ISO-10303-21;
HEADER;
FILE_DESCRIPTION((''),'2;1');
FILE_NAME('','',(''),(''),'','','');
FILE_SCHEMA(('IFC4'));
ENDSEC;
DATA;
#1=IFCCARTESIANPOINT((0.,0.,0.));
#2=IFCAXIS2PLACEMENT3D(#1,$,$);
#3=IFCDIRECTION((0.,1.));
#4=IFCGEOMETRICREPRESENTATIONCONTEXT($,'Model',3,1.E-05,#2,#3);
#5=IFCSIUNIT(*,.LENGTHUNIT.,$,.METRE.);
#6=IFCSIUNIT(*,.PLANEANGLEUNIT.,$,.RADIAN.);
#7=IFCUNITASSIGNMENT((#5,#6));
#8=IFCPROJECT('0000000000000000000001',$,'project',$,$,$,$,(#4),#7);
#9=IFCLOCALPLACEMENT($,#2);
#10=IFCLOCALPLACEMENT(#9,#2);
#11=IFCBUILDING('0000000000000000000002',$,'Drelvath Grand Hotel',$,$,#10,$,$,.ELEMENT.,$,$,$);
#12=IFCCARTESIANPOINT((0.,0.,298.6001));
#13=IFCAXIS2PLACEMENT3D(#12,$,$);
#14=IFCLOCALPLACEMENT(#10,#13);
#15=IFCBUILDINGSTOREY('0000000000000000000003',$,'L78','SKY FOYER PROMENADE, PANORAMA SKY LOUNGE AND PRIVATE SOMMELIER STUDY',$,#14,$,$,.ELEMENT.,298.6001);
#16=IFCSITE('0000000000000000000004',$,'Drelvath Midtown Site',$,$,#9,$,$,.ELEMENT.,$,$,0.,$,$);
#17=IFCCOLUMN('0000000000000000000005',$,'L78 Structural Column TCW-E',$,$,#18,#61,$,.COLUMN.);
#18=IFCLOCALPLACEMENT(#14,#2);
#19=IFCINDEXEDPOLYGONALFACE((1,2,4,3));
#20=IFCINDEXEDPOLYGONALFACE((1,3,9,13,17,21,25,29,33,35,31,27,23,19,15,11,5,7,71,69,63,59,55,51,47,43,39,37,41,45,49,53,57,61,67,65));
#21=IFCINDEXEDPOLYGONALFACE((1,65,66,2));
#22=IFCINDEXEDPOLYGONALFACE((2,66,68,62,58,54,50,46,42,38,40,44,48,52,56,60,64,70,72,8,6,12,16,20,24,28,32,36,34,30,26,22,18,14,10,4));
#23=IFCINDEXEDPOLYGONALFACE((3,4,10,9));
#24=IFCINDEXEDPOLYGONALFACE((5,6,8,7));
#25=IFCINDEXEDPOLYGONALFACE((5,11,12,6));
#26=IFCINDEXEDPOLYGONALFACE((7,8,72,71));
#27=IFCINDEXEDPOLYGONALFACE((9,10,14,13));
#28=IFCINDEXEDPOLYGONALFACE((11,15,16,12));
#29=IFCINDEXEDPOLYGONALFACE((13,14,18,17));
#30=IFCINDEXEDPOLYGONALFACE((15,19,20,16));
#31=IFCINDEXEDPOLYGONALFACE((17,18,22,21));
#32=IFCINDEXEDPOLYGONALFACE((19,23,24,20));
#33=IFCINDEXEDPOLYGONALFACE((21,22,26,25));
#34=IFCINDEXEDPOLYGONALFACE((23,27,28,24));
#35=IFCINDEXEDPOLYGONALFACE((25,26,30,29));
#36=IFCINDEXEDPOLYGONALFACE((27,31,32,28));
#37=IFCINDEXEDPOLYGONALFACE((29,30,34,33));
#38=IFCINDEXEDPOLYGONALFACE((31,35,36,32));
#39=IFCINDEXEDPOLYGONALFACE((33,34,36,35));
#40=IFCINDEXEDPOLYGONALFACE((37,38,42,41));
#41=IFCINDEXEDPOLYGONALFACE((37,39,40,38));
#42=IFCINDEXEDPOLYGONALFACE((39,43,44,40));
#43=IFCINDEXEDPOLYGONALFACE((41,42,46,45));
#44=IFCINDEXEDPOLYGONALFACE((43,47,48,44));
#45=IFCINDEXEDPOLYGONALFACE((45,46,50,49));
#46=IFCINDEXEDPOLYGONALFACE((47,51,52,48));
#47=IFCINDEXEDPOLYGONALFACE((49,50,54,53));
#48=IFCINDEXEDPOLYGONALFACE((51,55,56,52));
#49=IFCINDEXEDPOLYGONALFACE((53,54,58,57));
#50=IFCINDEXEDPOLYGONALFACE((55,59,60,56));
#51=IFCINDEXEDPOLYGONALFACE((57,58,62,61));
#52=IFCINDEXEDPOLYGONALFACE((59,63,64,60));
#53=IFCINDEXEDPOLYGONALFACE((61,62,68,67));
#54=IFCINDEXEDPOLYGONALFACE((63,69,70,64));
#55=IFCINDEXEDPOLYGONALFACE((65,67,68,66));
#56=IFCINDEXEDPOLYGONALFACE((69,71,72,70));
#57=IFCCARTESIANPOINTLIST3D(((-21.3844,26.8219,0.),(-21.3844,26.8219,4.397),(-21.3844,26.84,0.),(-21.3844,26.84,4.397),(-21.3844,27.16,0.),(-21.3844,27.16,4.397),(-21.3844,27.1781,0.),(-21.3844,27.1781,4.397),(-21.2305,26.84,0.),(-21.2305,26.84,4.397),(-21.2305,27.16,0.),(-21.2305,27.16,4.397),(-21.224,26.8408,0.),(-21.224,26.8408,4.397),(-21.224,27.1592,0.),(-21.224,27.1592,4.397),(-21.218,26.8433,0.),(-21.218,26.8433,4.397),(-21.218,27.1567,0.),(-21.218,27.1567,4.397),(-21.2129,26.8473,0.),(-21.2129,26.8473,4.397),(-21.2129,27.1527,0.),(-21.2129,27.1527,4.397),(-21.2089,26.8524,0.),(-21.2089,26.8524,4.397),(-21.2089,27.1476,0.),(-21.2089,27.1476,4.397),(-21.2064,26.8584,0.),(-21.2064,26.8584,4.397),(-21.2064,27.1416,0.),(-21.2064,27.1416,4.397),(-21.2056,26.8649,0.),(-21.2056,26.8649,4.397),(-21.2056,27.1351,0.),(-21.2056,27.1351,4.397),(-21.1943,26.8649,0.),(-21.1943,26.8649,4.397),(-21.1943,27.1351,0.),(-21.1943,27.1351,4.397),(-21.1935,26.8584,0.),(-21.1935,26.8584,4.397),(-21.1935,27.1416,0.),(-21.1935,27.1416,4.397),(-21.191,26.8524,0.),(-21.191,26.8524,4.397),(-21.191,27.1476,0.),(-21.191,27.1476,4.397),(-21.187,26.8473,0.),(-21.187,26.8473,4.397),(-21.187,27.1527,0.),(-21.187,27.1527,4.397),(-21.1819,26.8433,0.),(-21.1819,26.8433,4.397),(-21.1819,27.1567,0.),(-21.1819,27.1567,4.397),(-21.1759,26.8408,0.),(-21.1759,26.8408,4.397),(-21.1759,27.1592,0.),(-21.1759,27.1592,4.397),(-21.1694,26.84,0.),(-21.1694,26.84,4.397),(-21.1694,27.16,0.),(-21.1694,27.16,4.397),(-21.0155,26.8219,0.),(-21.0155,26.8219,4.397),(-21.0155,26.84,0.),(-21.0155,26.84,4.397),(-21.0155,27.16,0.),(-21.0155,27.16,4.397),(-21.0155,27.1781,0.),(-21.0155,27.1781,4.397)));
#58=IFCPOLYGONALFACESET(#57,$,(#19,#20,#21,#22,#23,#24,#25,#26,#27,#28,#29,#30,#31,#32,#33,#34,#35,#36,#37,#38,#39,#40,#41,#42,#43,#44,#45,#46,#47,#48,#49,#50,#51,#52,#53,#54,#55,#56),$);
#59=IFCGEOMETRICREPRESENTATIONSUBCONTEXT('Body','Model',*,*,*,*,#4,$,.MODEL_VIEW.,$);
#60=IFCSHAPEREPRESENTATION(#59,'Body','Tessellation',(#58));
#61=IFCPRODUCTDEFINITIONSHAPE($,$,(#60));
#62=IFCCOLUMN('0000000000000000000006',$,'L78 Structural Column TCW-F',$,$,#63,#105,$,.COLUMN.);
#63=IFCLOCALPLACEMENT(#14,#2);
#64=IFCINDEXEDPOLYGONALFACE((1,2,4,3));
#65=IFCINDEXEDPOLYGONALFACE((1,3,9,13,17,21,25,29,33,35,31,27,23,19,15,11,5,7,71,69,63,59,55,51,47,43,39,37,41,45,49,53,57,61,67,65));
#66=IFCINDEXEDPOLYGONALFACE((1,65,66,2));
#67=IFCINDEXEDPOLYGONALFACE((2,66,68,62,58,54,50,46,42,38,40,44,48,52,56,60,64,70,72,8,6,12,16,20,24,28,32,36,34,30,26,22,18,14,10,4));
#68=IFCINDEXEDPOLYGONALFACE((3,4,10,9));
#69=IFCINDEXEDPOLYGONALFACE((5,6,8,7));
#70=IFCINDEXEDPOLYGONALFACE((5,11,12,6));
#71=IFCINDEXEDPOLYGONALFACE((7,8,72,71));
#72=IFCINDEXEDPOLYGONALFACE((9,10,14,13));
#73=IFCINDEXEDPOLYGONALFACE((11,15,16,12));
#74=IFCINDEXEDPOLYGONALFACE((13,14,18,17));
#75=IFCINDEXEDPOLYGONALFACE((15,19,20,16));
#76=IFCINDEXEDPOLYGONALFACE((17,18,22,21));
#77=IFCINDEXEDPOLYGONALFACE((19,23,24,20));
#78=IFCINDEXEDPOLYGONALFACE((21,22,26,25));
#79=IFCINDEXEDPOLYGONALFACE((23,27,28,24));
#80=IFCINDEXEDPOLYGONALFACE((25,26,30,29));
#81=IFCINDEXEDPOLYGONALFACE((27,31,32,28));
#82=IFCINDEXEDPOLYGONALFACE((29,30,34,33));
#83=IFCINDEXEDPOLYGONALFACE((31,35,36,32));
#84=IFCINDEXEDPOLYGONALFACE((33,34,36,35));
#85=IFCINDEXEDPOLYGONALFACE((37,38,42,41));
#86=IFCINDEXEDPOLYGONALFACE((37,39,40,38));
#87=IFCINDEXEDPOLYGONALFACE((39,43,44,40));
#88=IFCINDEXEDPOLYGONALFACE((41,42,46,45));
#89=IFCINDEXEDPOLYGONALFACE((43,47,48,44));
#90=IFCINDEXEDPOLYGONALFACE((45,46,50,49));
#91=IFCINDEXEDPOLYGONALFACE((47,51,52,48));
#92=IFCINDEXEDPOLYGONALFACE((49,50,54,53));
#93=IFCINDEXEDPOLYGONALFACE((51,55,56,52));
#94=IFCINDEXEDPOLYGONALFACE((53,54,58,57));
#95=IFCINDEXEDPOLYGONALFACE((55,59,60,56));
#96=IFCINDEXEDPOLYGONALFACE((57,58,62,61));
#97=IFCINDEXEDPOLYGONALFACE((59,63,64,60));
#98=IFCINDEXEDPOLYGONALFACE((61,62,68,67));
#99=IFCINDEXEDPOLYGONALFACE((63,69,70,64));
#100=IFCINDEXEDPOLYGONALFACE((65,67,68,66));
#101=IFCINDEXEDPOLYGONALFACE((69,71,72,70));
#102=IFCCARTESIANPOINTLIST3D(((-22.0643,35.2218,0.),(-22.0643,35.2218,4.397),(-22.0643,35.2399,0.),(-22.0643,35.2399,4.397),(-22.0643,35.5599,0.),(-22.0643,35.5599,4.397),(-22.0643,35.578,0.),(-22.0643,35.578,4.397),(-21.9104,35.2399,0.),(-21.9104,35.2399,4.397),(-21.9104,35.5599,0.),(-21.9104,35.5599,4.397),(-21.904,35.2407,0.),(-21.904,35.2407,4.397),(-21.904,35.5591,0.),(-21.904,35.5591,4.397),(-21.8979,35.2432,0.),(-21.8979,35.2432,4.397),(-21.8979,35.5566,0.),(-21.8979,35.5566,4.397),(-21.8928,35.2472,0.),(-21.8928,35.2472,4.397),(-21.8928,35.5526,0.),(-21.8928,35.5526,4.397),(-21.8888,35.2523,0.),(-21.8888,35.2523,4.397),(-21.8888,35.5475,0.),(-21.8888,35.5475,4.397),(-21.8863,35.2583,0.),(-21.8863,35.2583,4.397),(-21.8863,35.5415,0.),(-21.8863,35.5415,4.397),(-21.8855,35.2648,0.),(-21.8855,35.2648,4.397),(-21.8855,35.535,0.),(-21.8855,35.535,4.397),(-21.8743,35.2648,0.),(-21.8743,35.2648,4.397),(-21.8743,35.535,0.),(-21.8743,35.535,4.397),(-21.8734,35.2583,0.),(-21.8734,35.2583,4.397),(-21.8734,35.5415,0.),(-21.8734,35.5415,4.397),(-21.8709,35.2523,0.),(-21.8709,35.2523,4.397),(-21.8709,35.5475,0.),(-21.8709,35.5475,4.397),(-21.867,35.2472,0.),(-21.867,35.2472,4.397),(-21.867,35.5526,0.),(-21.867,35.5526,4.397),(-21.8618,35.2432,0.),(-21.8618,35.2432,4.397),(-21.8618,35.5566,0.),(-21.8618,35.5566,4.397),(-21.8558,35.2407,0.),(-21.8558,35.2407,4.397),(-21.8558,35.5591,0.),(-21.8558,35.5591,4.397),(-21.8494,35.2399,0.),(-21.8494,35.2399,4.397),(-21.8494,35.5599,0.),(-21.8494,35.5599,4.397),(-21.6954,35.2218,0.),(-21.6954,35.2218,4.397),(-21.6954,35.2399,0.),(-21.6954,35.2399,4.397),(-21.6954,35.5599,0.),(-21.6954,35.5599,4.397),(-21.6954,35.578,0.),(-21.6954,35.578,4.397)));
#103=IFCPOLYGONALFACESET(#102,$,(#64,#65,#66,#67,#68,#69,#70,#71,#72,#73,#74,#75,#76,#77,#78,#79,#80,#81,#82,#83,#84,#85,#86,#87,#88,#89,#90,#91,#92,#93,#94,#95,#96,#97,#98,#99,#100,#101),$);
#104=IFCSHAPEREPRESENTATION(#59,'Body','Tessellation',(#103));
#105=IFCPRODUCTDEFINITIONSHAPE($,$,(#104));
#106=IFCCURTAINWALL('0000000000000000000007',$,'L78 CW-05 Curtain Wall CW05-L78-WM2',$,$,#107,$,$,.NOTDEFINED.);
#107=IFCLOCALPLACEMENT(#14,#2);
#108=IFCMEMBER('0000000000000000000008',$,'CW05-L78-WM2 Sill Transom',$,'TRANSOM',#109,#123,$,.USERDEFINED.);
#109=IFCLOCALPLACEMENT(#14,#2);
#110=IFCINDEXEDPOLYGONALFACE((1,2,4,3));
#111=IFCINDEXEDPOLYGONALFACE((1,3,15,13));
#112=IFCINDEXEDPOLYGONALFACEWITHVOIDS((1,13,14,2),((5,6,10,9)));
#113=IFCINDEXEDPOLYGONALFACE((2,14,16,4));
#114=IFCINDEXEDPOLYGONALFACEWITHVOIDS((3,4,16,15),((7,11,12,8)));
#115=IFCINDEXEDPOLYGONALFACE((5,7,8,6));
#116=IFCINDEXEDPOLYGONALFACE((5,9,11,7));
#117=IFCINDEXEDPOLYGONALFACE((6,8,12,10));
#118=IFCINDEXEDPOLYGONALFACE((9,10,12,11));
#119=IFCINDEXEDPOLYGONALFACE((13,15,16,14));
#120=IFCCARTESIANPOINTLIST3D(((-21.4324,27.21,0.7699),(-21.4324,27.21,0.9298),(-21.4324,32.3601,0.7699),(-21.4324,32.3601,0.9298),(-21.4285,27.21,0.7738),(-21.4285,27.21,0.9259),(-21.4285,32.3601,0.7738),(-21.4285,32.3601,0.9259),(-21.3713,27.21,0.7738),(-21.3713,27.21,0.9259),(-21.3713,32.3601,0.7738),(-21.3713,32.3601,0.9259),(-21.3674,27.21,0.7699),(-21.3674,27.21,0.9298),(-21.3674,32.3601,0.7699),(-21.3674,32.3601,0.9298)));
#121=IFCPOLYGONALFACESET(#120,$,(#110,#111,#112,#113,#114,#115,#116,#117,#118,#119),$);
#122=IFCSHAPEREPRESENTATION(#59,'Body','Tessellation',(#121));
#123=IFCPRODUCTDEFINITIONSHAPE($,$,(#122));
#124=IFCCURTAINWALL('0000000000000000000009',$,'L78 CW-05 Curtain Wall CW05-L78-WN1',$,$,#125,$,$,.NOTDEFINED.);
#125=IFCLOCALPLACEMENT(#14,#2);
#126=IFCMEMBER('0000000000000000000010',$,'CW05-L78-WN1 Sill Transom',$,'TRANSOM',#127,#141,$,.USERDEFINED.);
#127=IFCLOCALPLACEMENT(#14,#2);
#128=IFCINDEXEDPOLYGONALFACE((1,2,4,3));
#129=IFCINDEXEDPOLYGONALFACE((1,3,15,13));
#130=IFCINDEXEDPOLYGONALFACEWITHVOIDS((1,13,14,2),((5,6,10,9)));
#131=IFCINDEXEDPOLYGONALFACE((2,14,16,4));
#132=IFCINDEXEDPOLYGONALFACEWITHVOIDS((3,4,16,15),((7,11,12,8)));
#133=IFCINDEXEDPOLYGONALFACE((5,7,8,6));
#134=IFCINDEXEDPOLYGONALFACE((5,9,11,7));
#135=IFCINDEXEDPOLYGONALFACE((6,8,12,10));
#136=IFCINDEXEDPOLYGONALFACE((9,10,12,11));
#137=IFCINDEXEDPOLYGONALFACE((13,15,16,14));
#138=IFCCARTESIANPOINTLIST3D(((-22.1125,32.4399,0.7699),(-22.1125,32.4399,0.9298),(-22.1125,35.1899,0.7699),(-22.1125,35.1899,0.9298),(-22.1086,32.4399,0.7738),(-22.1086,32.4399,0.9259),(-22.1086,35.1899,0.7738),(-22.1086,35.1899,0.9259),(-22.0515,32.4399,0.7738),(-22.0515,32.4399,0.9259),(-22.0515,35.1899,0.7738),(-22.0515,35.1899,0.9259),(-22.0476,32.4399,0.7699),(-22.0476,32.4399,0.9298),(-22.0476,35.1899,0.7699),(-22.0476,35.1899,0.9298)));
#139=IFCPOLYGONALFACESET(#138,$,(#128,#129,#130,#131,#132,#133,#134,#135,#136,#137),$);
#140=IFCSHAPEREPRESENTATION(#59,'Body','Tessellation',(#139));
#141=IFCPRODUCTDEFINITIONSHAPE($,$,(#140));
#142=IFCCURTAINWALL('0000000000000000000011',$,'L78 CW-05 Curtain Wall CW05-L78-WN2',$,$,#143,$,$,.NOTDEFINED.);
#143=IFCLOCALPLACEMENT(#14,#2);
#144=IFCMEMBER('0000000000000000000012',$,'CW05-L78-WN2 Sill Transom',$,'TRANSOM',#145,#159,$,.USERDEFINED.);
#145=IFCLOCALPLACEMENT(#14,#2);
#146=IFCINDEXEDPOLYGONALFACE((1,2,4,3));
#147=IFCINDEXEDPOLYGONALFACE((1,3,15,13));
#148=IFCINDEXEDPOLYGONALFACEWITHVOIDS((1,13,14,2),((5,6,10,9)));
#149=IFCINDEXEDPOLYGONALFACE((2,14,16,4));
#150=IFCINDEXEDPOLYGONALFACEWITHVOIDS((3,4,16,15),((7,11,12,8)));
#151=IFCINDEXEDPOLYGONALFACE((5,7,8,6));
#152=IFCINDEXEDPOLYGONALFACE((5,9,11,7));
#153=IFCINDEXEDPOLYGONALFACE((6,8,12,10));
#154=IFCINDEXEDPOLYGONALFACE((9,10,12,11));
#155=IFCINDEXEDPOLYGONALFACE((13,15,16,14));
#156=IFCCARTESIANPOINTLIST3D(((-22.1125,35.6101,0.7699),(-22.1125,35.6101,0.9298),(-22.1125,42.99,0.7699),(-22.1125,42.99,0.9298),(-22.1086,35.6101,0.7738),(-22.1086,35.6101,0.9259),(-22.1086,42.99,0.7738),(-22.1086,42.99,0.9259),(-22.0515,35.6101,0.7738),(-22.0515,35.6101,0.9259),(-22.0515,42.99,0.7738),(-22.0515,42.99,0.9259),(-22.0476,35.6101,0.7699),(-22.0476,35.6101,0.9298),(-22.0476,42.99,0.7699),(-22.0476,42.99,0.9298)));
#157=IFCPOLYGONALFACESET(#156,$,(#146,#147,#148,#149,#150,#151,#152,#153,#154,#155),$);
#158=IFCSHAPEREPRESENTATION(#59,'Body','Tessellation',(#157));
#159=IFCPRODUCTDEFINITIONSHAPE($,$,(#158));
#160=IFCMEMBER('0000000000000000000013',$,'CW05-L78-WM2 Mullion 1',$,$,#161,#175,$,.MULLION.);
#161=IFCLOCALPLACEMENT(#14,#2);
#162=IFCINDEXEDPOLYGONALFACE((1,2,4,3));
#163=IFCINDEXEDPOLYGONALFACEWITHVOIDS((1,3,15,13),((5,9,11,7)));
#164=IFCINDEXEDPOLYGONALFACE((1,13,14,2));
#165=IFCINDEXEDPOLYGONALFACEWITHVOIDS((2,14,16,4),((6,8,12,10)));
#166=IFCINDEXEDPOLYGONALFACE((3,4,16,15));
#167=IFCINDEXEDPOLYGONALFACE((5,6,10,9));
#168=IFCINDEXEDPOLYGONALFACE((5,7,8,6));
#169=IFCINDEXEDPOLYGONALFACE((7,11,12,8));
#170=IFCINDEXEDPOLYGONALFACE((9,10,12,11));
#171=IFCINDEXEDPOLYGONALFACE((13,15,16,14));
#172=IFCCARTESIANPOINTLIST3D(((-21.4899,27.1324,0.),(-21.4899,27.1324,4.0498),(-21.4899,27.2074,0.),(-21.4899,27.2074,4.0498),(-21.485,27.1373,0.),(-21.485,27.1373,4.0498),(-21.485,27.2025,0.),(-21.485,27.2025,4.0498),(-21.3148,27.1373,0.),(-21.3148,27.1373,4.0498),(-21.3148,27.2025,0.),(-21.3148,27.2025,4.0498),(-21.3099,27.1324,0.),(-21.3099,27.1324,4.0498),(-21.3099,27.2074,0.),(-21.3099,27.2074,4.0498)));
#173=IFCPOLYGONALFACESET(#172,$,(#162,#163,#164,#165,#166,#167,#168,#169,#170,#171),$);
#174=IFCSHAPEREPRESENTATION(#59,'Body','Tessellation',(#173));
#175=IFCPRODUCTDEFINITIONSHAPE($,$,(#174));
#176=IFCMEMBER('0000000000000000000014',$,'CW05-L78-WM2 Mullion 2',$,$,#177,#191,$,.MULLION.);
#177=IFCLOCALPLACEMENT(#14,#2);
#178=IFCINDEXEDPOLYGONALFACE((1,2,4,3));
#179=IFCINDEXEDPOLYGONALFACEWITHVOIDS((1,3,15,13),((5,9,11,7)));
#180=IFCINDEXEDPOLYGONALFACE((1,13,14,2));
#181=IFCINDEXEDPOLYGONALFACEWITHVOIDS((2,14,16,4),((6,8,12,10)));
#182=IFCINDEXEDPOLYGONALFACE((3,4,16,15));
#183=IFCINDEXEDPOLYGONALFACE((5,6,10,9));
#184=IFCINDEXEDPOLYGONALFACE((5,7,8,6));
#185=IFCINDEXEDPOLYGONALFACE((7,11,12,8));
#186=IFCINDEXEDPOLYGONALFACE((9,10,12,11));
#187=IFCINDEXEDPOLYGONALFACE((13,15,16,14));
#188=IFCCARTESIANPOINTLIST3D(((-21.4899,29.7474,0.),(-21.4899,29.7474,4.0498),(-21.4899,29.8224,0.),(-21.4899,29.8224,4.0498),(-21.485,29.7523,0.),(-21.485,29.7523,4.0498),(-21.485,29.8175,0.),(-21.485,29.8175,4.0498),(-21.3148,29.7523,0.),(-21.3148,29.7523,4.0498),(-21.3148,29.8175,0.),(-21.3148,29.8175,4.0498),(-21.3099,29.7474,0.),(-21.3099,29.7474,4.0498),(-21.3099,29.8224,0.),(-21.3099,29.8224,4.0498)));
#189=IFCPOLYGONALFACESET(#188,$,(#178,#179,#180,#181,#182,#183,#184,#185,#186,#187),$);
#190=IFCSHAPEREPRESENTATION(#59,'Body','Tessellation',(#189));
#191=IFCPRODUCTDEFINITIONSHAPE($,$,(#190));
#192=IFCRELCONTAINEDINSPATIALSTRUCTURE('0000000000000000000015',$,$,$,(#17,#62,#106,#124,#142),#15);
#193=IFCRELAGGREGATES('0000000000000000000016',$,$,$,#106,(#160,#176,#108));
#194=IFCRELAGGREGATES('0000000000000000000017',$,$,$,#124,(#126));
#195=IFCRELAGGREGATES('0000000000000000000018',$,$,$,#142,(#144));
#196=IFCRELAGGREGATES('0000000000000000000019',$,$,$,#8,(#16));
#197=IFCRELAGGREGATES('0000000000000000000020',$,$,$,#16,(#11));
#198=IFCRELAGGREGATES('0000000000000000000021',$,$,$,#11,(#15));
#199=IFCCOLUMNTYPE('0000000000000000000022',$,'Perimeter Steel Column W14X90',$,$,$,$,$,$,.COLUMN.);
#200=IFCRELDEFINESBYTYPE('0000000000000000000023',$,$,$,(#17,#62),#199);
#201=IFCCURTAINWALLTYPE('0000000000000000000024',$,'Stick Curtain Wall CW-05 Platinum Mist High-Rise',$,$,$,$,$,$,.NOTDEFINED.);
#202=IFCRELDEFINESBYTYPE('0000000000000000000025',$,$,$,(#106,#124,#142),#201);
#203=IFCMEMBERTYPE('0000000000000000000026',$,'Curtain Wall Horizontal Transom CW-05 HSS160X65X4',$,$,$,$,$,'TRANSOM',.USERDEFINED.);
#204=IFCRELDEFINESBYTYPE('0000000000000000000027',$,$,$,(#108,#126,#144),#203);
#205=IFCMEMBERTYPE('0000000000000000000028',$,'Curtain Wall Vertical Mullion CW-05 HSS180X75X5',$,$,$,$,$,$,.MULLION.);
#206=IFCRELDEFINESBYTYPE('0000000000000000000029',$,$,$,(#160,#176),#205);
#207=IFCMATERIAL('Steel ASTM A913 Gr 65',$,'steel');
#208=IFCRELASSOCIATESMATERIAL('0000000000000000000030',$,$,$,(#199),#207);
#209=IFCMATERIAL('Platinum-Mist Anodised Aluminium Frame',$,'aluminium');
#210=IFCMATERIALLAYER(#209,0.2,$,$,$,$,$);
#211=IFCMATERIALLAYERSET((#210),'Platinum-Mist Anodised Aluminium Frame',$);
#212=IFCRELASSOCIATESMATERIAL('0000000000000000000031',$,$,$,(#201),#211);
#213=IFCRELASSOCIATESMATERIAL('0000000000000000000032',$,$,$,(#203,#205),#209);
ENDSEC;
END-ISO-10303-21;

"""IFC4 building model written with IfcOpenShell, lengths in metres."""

from ifc_helpers import new_model, si_unit, direction, frame, origin, origin_2d, place, context, subcontext, project, spatial, hollow_rectangle, i_section, extrude, material, layer, layer_set, material_profile, profile_set, type_object, element, aggregate, save


model = new_model("IFC4")

# Units and contexts
model_context = context("Model", 3, precision=1e-05, world=origin(), true_north=direction((0.0, 1.0)))
body_context = subcontext(model_context, "Body", "Model", "MODEL_VIEW")
ifc_project = project(units=[si_unit("LENGTHUNIT", "METRE"), si_unit("PLANEANGLEUNIT", "RADIAN")], contexts=[model_context])

# Site, building, storey
site_placement = place(None, origin())
site = spatial("IfcSite", under=ifc_project, at=site_placement, Name="Drelvath Midtown Site", CompositionType="ELEMENT", RefElevation=0.0)
building_placement = place(site_placement, origin())
building = spatial("IfcBuilding", under=site, at=building_placement, Name="Drelvath Grand Hotel", CompositionType="ELEMENT")
storey_placement = place(building_placement, frame((0.0, 0.0, 298.6001)))
storey = spatial("IfcBuildingStorey", under=building, at=storey_placement, Name="L78", Description="SKY FOYER PROMENADE, PANORAMA SKY LOUNGE AND PRIVATE SOMMELIER STUDY", CompositionType="ELEMENT", Elevation=298.6001)

# Columns
ifc_material_1 = material(Name="Steel ASTM A913 Gr 65", Category="steel")
ifc_material_profile_1 = material_profile(ifc_material_1, i_section(OverallWidth=0.3689, OverallDepth=0.3562, WebThickness=0.0112, FlangeThickness=0.0181, FilletRadius=0.0249, at=origin_2d()), Name="W14X90")
ifc_profile_set_1 = profile_set([ifc_material_profile_1], Name="Steel ASTM A913 Gr 65")
column_type = type_object("IfcColumnType", Name="Perimeter Steel Column W14X90", PredefinedType="COLUMN", material=ifc_profile_set_1)
for number, where, z_axis, x_axis, name in (
    (1, (-21.2, 27.0, 0.0), (0.0, 0.0, 1.0), (1.0, 0.0, 0.0), "L78 Structural Column TCW-E"),
    (2, (-21.8799, 35.3999, 0.0), (0.0, 0.0, 1.0), (1.0, 0.0, 0.0), "L78 Structural Column TCW-F"),
):
    element("IfcColumn", number, at=place(storey_placement, frame(where, z_axis=z_axis, x_axis=x_axis)), inside=storey, type_object=column_type, Name=name, PredefinedType="COLUMN", context=body_context, shape_type="SweptSolid", body=[
        extrude(i_section(OverallWidth=0.3689, OverallDepth=0.3562, WebThickness=0.0112, FlangeThickness=0.0181, FilletRadius=0.0249, at=origin_2d()), origin(), (0.0, 0.0, 1.0), 4.397),
    ])

# Curtain walls, members
ifc_material_2 = material(Name="Platinum-Mist Anodised Aluminium Frame", Category="aluminium")
ifc_layer_1 = layer(ifc_material_2, 0.2)
ifc_layer_set_1 = layer_set([ifc_layer_1], Name="Platinum-Mist Anodised Aluminium Frame")
curtain_wall_type = type_object("IfcCurtainWallType", Name="Stick Curtain Wall CW-05 Platinum Mist High-Rise", PredefinedType="NOTDEFINED", material=ifc_layer_set_1)
curtain_wall_1_placement = place(storey_placement, origin())
curtain_wall_1 = element("IfcCurtainWall", 3, at=curtain_wall_1_placement, inside=storey, type_object=curtain_wall_type, Name="L78 CW-05 Curtain Wall CW05-L78-WM2", PredefinedType="NOTDEFINED")
ifc_material_profile_2 = material_profile(ifc_material_2, hollow_rectangle(XDim=0.0649, YDim=0.1599, WallThickness=0.0039, at=origin_2d()), Name="HSS160X65X4")
ifc_profile_set_2 = profile_set([ifc_material_profile_2], Name="Platinum-Mist Anodised Aluminium Frame")
member_type_1 = type_object("IfcMemberType", Name="Curtain Wall Horizontal Transom CW-05 HSS160X65X4", ElementType="TRANSOM", PredefinedType="USERDEFINED", material=ifc_profile_set_2)
member_1_placement = place(storey_placement, frame((-21.3999, 27.21, 0.8499), z_axis=(0.0, 1.0, 0.0), x_axis=(-1.0, 0.0, 0.0)))
member_1 = element("IfcMember", 4, at=member_1_placement, type_object=member_type_1, Name="CW05-L78-WM2 Sill Transom", ObjectType="TRANSOM", PredefinedType="USERDEFINED", context=body_context, shape_type="SweptSolid", body=[
    extrude(hollow_rectangle(XDim=0.0649, YDim=0.1599, WallThickness=0.0039, at=origin_2d()), origin(), (0.0, 0.0, 1.0), 5.1501),
])
curtain_wall_2_placement = place(storey_placement, origin())
curtain_wall_2 = element("IfcCurtainWall", 5, at=curtain_wall_2_placement, inside=storey, type_object=curtain_wall_type, Name="L78 CW-05 Curtain Wall CW05-L78-WN1", PredefinedType="NOTDEFINED")
member_2_placement = place(storey_placement, frame((-22.0801, 32.4399, 0.8499), z_axis=(0.0, 1.0, 0.0), x_axis=(-1.0, 0.0, 0.0)))
member_2 = element("IfcMember", 6, at=member_2_placement, type_object=member_type_1, Name="CW05-L78-WN1 Sill Transom", ObjectType="TRANSOM", PredefinedType="USERDEFINED", context=body_context, shape_type="SweptSolid", body=[
    extrude(hollow_rectangle(XDim=0.0649, YDim=0.1599, WallThickness=0.0039, at=origin_2d()), origin(), (0.0, 0.0, 1.0), 2.75),
])
curtain_wall_3_placement = place(storey_placement, origin())
curtain_wall_3 = element("IfcCurtainWall", 7, at=curtain_wall_3_placement, inside=storey, type_object=curtain_wall_type, Name="L78 CW-05 Curtain Wall CW05-L78-WN2", PredefinedType="NOTDEFINED")
member_3_placement = place(storey_placement, frame((-22.0801, 35.6101, 0.8499), z_axis=(0.0, 1.0, 0.0), x_axis=(-1.0, 0.0, 0.0)))
member_3 = element("IfcMember", 8, at=member_3_placement, type_object=member_type_1, Name="CW05-L78-WN2 Sill Transom", ObjectType="TRANSOM", PredefinedType="USERDEFINED", context=body_context, shape_type="SweptSolid", body=[
    extrude(hollow_rectangle(XDim=0.0649, YDim=0.1599, WallThickness=0.0039, at=origin_2d()), origin(), (0.0, 0.0, 1.0), 7.3799),
])

# Members
ifc_material_profile_3 = material_profile(ifc_material_2, hollow_rectangle(XDim=0.075, YDim=0.1799, WallThickness=0.0049, at=origin_2d()), Name="HSS180X75X5")
ifc_profile_set_3 = profile_set([ifc_material_profile_3], Name="Platinum-Mist Anodised Aluminium Frame")
member_type_2 = type_object("IfcMemberType", Name="Curtain Wall Vertical Mullion CW-05 HSS180X75X5", PredefinedType="MULLION", material=ifc_profile_set_3)
member_4_placement = place(storey_placement, frame((-21.3999, 27.1699, 0.0), z_axis=(0.0, 0.0, 1.0), x_axis=(0.0, 1.0, 0.0)))
member_4 = element("IfcMember", 9, at=member_4_placement, type_object=member_type_2, Name="CW05-L78-WM2 Mullion 1", PredefinedType="MULLION", context=body_context, shape_type="SweptSolid", body=[
    extrude(hollow_rectangle(XDim=0.075, YDim=0.1799, WallThickness=0.0049, at=origin_2d()), origin(), (0.0, 0.0, 1.0), 4.0498),
])
member_5_placement = place(storey_placement, frame((-21.3999, 29.7849, 0.0), z_axis=(0.0, 0.0, 1.0), x_axis=(0.0, 1.0, 0.0)))
member_5 = element("IfcMember", 10, at=member_5_placement, type_object=member_type_2, Name="CW05-L78-WM2 Mullion 2", PredefinedType="MULLION", context=body_context, shape_type="SweptSolid", body=[
    extrude(hollow_rectangle(XDim=0.075, YDim=0.1799, WallThickness=0.0049, at=origin_2d()), origin(), (0.0, 0.0, 1.0), 4.0498),
])

aggregate(curtain_wall_1, [member_4, member_5, member_1])
aggregate(curtain_wall_2, [member_2])
aggregate(curtain_wall_3, [member_3])

save(model, "model.ifc")
